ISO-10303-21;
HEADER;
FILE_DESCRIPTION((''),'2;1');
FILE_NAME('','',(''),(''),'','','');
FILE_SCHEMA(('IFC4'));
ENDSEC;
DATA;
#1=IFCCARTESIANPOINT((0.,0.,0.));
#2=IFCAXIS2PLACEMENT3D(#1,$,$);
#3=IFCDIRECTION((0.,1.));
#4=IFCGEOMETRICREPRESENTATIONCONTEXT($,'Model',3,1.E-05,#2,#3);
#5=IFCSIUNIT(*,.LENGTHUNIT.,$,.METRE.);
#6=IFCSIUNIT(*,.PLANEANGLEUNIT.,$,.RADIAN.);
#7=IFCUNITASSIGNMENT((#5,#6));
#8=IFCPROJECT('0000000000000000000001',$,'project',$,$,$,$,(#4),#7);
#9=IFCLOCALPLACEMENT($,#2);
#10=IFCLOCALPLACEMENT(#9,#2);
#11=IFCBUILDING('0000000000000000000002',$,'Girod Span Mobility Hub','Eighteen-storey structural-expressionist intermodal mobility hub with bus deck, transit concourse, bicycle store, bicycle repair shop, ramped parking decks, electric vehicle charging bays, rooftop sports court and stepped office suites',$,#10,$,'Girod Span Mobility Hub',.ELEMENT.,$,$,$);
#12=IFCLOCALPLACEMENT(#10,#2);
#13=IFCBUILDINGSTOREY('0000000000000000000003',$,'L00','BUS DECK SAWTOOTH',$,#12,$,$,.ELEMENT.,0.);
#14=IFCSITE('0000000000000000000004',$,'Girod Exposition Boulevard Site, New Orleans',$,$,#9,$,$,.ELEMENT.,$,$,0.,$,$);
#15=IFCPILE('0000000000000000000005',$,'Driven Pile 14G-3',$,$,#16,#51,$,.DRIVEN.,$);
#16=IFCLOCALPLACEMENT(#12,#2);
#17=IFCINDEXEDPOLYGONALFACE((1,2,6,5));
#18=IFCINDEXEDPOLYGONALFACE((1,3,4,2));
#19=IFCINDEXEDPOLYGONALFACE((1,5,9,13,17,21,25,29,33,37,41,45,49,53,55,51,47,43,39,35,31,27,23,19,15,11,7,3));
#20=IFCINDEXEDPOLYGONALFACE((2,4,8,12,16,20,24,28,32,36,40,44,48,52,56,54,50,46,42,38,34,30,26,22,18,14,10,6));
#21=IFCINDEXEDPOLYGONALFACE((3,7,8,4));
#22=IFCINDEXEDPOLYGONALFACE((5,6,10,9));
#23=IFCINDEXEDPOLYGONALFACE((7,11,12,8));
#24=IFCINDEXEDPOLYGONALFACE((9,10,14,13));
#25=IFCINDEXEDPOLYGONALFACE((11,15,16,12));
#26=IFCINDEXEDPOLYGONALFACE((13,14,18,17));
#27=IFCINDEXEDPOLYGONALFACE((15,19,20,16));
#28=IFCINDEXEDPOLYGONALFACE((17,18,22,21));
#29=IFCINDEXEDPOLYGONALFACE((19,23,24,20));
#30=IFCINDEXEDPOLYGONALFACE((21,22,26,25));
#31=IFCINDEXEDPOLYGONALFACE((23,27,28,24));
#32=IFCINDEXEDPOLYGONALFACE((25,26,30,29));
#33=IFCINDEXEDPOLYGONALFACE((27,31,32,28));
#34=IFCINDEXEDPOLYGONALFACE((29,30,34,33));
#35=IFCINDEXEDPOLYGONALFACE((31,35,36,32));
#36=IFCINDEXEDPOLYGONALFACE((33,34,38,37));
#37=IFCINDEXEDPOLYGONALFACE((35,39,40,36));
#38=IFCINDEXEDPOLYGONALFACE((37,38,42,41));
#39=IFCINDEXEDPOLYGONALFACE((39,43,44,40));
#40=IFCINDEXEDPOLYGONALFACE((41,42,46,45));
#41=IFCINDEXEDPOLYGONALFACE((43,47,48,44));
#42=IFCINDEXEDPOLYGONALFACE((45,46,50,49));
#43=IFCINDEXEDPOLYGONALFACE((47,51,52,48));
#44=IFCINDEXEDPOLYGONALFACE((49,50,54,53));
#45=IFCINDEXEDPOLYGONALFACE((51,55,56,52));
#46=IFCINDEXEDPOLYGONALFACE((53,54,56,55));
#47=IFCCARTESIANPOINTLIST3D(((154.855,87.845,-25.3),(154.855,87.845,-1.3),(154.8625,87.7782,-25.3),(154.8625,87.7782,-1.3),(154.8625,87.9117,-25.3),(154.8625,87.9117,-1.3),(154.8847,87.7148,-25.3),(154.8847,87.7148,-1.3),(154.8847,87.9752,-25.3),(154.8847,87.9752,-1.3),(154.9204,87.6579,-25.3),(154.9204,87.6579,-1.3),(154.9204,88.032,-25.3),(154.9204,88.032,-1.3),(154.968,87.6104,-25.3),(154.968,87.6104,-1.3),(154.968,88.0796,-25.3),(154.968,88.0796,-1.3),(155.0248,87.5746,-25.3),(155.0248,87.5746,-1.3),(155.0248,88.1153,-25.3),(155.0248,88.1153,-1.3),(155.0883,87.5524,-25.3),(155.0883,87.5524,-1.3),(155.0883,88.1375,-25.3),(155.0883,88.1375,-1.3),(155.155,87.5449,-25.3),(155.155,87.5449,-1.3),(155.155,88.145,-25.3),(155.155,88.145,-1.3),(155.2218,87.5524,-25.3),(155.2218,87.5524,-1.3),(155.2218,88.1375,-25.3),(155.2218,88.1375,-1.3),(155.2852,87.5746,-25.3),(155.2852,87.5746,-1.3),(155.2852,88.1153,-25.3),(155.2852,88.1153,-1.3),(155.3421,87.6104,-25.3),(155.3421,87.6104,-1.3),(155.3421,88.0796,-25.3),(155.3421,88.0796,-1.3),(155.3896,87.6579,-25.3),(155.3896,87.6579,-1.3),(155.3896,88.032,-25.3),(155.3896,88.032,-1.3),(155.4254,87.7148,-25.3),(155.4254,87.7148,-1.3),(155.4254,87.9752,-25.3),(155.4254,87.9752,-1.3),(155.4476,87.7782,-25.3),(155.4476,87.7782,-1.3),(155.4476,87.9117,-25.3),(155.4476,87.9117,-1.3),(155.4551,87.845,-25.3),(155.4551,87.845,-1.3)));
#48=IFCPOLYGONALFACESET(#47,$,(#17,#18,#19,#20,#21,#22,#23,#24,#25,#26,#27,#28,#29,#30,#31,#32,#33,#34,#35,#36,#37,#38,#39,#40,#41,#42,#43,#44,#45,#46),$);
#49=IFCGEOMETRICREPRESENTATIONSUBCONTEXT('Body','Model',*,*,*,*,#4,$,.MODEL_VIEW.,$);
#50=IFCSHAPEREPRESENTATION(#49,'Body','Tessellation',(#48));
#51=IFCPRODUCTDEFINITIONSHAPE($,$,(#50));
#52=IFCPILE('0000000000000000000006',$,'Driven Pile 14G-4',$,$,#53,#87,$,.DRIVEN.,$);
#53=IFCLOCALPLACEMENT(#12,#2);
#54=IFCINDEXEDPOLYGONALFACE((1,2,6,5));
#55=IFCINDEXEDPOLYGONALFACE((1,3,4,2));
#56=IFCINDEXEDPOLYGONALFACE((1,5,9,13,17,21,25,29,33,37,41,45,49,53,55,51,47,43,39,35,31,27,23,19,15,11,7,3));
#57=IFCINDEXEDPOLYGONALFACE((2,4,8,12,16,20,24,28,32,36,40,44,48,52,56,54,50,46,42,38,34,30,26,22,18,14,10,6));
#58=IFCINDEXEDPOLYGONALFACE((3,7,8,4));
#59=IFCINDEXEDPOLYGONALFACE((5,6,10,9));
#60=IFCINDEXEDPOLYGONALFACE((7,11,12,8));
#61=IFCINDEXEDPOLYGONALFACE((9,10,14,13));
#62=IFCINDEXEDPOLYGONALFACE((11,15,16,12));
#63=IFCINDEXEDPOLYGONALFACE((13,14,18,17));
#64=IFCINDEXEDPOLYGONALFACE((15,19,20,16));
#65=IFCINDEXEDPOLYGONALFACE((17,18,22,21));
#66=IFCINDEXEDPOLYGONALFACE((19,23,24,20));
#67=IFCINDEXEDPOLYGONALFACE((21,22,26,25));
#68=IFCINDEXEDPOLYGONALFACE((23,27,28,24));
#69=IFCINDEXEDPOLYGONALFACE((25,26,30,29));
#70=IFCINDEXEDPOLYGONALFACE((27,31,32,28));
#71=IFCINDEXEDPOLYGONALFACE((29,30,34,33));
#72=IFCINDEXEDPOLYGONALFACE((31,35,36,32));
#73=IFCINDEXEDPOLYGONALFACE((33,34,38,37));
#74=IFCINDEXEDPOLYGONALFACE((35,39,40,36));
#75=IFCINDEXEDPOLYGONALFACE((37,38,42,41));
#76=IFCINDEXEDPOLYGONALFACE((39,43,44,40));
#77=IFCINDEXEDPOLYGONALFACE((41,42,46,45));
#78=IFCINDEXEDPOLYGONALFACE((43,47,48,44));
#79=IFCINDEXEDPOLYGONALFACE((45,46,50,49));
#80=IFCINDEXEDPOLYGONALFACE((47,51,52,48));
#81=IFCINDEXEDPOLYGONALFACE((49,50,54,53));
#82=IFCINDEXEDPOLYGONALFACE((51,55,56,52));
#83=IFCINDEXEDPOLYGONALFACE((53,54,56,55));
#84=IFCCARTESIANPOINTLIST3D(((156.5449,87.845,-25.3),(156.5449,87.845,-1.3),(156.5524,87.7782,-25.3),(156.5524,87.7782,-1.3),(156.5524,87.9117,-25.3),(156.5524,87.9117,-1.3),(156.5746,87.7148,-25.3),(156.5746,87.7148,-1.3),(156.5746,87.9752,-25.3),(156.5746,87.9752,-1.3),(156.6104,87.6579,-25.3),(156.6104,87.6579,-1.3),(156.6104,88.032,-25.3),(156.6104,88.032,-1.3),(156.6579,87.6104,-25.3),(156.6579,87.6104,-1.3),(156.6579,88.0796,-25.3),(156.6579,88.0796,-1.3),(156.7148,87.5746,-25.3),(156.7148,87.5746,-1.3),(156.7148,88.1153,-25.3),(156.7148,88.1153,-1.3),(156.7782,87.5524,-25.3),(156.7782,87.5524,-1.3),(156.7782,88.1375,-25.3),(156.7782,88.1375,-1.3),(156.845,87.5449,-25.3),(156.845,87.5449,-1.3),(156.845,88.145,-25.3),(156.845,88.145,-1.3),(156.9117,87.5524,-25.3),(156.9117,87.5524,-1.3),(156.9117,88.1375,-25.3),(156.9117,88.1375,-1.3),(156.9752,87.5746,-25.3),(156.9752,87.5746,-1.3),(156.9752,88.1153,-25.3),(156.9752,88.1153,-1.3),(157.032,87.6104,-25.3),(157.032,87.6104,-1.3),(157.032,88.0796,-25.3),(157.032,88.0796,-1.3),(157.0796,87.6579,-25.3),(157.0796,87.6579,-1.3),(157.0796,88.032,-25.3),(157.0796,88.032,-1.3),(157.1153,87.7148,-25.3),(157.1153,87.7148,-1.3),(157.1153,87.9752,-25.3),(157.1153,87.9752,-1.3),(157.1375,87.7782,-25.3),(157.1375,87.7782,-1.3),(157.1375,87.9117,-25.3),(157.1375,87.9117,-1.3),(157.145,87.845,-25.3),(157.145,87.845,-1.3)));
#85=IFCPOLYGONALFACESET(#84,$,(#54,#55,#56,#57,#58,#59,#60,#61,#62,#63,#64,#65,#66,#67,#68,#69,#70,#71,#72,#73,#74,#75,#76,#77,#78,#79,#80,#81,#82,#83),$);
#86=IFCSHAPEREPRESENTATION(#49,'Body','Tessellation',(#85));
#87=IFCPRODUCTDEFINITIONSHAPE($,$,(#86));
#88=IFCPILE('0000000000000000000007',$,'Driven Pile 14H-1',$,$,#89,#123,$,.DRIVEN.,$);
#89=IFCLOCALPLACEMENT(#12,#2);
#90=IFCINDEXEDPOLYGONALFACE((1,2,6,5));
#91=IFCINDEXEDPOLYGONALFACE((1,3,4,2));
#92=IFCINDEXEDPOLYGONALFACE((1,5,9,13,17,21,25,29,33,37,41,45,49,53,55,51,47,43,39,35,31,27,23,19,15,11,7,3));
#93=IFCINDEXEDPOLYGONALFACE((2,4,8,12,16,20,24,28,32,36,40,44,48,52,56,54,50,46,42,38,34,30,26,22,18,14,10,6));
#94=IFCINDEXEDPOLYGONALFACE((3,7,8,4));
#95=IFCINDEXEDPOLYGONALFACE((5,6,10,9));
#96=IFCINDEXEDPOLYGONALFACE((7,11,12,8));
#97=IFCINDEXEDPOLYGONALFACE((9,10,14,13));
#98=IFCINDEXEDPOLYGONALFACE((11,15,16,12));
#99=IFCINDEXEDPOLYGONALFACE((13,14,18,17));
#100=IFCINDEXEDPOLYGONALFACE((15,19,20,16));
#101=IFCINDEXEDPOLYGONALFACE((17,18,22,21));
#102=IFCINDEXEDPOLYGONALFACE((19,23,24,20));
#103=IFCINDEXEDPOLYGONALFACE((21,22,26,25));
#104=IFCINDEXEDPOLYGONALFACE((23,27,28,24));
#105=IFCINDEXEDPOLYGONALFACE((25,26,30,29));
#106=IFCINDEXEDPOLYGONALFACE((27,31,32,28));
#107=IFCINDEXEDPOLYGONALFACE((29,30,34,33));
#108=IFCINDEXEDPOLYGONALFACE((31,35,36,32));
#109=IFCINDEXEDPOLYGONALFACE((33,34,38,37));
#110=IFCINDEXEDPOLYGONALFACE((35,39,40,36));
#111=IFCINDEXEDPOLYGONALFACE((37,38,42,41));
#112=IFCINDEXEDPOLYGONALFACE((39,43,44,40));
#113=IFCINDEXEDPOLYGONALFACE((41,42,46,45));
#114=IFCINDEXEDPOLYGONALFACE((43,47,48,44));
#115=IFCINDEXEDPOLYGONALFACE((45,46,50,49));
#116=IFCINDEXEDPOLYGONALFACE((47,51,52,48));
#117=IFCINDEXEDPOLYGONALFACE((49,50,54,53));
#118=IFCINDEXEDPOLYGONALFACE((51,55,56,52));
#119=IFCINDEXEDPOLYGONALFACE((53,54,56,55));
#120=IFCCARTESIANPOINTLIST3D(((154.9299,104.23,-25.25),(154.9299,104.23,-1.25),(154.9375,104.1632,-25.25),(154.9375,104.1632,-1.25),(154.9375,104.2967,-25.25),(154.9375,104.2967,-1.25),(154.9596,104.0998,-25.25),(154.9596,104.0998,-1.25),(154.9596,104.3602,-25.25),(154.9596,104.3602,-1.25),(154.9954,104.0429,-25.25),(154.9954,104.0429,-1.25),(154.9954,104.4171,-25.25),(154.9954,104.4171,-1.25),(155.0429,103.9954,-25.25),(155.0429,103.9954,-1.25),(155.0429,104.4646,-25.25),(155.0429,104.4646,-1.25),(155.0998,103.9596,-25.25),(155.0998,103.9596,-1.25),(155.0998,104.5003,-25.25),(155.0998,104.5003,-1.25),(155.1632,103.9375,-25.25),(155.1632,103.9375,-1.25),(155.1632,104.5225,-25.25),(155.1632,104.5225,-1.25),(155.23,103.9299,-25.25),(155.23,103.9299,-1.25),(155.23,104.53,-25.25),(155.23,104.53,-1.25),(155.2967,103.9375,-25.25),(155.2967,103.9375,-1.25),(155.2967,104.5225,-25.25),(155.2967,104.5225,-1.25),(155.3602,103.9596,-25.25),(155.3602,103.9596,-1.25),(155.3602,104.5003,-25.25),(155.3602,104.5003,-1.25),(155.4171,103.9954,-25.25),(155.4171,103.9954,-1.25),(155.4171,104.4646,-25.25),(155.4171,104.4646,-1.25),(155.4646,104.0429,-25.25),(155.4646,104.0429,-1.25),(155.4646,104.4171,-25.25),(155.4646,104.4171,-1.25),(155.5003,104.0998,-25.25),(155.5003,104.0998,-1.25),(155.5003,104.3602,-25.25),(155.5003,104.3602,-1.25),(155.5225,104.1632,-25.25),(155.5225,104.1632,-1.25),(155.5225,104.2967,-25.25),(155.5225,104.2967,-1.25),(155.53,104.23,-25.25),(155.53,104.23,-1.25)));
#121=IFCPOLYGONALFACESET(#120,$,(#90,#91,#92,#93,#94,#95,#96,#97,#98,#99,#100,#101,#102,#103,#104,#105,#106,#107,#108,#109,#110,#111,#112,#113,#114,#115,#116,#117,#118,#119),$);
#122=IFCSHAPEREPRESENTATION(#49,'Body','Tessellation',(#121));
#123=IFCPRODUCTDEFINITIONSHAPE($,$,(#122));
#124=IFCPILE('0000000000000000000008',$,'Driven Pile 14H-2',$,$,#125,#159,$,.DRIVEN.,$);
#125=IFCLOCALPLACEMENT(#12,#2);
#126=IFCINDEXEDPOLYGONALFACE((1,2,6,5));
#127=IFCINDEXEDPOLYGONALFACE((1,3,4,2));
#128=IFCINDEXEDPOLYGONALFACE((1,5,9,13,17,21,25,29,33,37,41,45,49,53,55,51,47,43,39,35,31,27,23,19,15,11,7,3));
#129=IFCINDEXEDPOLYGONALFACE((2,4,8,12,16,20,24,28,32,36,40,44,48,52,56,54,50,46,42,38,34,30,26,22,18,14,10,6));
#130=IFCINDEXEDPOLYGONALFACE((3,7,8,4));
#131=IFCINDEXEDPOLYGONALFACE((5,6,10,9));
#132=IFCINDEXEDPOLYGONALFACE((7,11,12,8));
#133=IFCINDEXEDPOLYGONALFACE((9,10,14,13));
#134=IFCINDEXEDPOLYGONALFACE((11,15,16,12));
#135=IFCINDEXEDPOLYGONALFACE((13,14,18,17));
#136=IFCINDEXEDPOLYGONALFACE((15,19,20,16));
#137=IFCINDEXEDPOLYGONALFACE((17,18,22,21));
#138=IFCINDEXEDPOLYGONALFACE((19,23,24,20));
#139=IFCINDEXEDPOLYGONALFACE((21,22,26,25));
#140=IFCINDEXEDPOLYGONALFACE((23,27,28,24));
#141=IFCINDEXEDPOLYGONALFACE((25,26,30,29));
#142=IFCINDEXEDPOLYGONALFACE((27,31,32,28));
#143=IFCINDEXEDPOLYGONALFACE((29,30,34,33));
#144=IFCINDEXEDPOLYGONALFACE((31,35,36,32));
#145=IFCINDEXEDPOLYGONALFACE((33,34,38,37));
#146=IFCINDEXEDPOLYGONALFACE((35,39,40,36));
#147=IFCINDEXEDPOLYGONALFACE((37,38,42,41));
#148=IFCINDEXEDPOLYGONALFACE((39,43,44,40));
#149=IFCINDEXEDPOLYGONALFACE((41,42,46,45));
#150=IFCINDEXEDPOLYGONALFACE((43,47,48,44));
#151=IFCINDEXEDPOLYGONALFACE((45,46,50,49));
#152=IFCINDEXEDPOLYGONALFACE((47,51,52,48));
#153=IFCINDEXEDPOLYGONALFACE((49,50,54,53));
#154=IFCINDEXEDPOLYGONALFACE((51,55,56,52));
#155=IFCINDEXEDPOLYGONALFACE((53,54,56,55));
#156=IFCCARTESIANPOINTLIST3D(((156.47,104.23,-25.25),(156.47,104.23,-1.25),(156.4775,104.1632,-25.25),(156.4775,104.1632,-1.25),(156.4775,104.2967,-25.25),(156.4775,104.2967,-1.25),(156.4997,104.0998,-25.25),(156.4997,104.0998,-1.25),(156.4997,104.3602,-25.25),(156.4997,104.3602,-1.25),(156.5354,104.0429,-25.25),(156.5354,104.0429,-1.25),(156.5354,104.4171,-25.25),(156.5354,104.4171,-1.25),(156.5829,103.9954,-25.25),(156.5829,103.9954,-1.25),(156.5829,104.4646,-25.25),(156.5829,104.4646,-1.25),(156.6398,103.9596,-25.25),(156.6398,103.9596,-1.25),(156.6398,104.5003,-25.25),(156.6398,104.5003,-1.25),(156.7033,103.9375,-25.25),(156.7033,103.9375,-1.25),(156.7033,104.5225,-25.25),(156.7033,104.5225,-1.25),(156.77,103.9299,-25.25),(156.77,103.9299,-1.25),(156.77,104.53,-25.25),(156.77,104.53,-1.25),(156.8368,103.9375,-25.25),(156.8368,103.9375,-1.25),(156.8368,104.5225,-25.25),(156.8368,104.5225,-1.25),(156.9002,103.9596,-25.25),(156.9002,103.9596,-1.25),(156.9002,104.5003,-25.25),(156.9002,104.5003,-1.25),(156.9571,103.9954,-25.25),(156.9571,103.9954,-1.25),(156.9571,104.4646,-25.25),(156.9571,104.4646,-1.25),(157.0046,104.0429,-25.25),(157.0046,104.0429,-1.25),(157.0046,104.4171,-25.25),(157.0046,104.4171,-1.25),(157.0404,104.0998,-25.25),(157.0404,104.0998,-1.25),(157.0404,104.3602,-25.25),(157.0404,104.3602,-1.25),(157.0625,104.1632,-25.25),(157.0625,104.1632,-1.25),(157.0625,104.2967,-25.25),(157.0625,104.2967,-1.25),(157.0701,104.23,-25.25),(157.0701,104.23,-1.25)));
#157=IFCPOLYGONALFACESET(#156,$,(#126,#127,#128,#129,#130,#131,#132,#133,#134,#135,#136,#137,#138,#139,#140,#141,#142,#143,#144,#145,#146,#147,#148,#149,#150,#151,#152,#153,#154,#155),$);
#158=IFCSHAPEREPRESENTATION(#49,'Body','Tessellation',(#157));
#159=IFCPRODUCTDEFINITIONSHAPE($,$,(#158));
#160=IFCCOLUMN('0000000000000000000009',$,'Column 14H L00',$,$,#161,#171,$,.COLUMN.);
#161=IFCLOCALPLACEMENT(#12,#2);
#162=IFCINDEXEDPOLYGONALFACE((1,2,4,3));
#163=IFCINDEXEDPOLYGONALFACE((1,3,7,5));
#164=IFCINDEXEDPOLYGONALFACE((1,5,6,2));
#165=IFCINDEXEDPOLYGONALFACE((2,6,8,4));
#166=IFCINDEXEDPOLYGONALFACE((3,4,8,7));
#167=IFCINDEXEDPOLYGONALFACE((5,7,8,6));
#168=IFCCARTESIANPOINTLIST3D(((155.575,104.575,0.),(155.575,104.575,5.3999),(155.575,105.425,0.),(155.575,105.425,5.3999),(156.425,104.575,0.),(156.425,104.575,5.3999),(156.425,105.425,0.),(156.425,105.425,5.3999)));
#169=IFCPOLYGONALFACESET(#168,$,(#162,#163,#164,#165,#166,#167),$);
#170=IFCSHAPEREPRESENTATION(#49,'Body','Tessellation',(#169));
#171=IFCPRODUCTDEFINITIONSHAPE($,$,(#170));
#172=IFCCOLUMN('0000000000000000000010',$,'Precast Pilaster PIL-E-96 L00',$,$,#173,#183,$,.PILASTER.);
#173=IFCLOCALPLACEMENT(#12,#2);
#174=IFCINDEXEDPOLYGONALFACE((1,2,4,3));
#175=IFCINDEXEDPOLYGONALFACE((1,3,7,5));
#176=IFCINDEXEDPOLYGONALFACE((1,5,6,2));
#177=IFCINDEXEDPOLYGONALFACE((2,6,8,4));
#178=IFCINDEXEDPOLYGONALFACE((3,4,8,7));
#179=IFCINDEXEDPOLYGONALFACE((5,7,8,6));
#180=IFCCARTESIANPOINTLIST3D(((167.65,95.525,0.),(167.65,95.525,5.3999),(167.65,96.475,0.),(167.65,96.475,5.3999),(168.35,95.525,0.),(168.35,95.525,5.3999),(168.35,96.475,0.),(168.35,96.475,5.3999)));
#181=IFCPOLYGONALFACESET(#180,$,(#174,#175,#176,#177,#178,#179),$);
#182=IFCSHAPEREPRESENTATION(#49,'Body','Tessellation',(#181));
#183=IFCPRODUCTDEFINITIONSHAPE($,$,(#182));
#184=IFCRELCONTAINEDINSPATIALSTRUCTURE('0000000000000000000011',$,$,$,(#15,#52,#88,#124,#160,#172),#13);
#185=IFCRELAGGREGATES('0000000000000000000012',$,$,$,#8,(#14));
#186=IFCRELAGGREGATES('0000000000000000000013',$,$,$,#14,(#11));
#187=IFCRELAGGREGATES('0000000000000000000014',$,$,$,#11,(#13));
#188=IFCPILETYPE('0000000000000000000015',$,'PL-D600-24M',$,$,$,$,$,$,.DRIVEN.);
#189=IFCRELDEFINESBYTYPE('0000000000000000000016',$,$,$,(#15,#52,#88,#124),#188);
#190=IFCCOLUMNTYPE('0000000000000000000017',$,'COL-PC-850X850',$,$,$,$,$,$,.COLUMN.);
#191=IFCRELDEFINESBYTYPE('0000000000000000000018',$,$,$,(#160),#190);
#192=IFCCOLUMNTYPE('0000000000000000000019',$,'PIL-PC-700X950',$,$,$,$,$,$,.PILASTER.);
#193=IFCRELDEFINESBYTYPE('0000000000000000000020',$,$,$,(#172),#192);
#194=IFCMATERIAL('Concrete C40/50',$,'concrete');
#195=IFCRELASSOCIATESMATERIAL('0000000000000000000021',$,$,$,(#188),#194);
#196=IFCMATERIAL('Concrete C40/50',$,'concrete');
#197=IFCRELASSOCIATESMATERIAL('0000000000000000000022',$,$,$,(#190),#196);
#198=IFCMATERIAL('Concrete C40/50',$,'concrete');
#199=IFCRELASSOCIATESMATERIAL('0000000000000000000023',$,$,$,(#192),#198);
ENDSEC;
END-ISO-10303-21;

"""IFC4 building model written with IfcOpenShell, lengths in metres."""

from ifc_helpers import new_model, si_unit, direction, frame, origin, origin_2d, place, context, subcontext, project, spatial, rectangle, circle, extrude, material, material_profile, profile_set, type_object, element, save


model = new_model("IFC4")

# Units and contexts
model_context = context("Model", 3, precision=1e-05, world=origin(), true_north=direction((0.0, 1.0)))
body_context = subcontext(model_context, "Body", "Model", "MODEL_VIEW")
ifc_project = project(units=[si_unit("LENGTHUNIT", "METRE"), si_unit("PLANEANGLEUNIT", "RADIAN")], contexts=[model_context])

# Site, building, storey
site_placement = place(None, origin())
site = spatial("IfcSite", under=ifc_project, at=site_placement, Name="Girod Exposition Boulevard Site, New Orleans", CompositionType="ELEMENT", RefElevation=0.0)
building_placement = place(site_placement, origin())
building = spatial("IfcBuilding", under=site, at=building_placement, Name="Girod Span Mobility Hub", Description="Eighteen-storey structural-expressionist intermodal mobility hub with bus deck, transit concourse, bicycle store, bicycle repair shop, ramped parking decks, electric vehicle charging bays, rooftop sports court and stepped office suites", LongName="Girod Span Mobility Hub", CompositionType="ELEMENT")
storey_placement = place(building_placement, origin())
storey = spatial("IfcBuildingStorey", under=building, at=storey_placement, Name="L00", Description="BUS DECK SAWTOOTH", CompositionType="ELEMENT", Elevation=0.0)

# Piles
ifc_material_1 = material(Name="Concrete C40/50", Category="concrete")
ifc_material_profile_1 = material_profile(ifc_material_1, circle(Radius=0.3, at=origin_2d()), Name="PILE-D600")
ifc_profile_set_1 = profile_set([ifc_material_profile_1], Name="Concrete C40/50")
pile_type_1 = type_object("IfcPileType", Name="PL-D600-24M", PredefinedType="DRIVEN", material=ifc_profile_set_1)
for number, where, z_axis, x_axis, name in (
    (1, (155.155, 87.845, -1.3), (0.0, 0.0, -1.0), (1.0, 0.0, 0.0), "Driven Pile 14G-3"),
    (2, (156.845, 87.845, -1.3), (0.0, 0.0, -1.0), (1.0, 0.0, 0.0), "Driven Pile 14G-4"),
    (3, (155.23, 104.23, -1.25), (0.0, 0.0, -1.0), (1.0, 0.0, 0.0), "Driven Pile 14H-1"),
    (4, (156.77, 104.23, -1.25), (0.0, 0.0, -1.0), (1.0, 0.0, 0.0), "Driven Pile 14H-2"),
):
    element("IfcPile", number, at=place(storey_placement, frame(where, z_axis=z_axis, x_axis=x_axis)), inside=storey, type_object=pile_type_1, Name=name, PredefinedType="DRIVEN", context=body_context, shape_type="SweptSolid", body=[
        extrude(circle(Radius=0.3, at=origin_2d()), origin(), (0.0, 0.0, 1.0), 24.0),
    ])

# Columns
ifc_material_2 = material(Name="Concrete C40/50", Category="concrete")
ifc_material_profile_2 = material_profile(ifc_material_2, rectangle(XDim=0.8501, YDim=0.8501, at=origin_2d()), Name="PC-COL-850X850")
ifc_profile_set_2 = profile_set([ifc_material_profile_2], Name="Concrete C40/50")
column_type_1 = type_object("IfcColumnType", Name="COL-PC-850X850", PredefinedType="COLUMN", material=ifc_profile_set_2)
column_1_placement = place(storey_placement, frame((156.0, 105.0, 0.0), z_axis=(0.0, 0.0, 1.0), x_axis=(1.0, 0.0, 0.0)))
element("IfcColumn", 5, at=column_1_placement, inside=storey, type_object=column_type_1, Name="Column 14H L00", PredefinedType="COLUMN", context=body_context, shape_type="SweptSolid", body=[
    extrude(rectangle(XDim=0.8501, YDim=0.8501, at=origin_2d()), origin(), (0.0, 0.0, 1.0), 5.3999),
])
ifc_material_3 = material(Name="Concrete C40/50", Category="concrete")
ifc_material_profile_3 = material_profile(ifc_material_3, rectangle(XDim=0.7, YDim=0.95, at=origin_2d()), Name="PC-PIL-700X950")
ifc_profile_set_3 = profile_set([ifc_material_profile_3], Name="Concrete C40/50")
column_type_2 = type_object("IfcColumnType", Name="PIL-PC-700X950", PredefinedType="PILASTER", material=ifc_profile_set_3)
column_2_placement = place(storey_placement, frame((168.0, 96.0, 0.0), z_axis=(0.0, 0.0, 1.0), x_axis=(1.0, 0.0, 0.0)))
element("IfcColumn", 6, at=column_2_placement, inside=storey, type_object=column_type_2, Name="Precast Pilaster PIL-E-96 L00", PredefinedType="PILASTER", context=body_context, shape_type="SweptSolid", body=[
    extrude(rectangle(XDim=0.7, YDim=0.95, at=origin_2d()), origin(), (0.0, 0.0, 1.0), 5.3999),
])

save(model, "model.ifc")
